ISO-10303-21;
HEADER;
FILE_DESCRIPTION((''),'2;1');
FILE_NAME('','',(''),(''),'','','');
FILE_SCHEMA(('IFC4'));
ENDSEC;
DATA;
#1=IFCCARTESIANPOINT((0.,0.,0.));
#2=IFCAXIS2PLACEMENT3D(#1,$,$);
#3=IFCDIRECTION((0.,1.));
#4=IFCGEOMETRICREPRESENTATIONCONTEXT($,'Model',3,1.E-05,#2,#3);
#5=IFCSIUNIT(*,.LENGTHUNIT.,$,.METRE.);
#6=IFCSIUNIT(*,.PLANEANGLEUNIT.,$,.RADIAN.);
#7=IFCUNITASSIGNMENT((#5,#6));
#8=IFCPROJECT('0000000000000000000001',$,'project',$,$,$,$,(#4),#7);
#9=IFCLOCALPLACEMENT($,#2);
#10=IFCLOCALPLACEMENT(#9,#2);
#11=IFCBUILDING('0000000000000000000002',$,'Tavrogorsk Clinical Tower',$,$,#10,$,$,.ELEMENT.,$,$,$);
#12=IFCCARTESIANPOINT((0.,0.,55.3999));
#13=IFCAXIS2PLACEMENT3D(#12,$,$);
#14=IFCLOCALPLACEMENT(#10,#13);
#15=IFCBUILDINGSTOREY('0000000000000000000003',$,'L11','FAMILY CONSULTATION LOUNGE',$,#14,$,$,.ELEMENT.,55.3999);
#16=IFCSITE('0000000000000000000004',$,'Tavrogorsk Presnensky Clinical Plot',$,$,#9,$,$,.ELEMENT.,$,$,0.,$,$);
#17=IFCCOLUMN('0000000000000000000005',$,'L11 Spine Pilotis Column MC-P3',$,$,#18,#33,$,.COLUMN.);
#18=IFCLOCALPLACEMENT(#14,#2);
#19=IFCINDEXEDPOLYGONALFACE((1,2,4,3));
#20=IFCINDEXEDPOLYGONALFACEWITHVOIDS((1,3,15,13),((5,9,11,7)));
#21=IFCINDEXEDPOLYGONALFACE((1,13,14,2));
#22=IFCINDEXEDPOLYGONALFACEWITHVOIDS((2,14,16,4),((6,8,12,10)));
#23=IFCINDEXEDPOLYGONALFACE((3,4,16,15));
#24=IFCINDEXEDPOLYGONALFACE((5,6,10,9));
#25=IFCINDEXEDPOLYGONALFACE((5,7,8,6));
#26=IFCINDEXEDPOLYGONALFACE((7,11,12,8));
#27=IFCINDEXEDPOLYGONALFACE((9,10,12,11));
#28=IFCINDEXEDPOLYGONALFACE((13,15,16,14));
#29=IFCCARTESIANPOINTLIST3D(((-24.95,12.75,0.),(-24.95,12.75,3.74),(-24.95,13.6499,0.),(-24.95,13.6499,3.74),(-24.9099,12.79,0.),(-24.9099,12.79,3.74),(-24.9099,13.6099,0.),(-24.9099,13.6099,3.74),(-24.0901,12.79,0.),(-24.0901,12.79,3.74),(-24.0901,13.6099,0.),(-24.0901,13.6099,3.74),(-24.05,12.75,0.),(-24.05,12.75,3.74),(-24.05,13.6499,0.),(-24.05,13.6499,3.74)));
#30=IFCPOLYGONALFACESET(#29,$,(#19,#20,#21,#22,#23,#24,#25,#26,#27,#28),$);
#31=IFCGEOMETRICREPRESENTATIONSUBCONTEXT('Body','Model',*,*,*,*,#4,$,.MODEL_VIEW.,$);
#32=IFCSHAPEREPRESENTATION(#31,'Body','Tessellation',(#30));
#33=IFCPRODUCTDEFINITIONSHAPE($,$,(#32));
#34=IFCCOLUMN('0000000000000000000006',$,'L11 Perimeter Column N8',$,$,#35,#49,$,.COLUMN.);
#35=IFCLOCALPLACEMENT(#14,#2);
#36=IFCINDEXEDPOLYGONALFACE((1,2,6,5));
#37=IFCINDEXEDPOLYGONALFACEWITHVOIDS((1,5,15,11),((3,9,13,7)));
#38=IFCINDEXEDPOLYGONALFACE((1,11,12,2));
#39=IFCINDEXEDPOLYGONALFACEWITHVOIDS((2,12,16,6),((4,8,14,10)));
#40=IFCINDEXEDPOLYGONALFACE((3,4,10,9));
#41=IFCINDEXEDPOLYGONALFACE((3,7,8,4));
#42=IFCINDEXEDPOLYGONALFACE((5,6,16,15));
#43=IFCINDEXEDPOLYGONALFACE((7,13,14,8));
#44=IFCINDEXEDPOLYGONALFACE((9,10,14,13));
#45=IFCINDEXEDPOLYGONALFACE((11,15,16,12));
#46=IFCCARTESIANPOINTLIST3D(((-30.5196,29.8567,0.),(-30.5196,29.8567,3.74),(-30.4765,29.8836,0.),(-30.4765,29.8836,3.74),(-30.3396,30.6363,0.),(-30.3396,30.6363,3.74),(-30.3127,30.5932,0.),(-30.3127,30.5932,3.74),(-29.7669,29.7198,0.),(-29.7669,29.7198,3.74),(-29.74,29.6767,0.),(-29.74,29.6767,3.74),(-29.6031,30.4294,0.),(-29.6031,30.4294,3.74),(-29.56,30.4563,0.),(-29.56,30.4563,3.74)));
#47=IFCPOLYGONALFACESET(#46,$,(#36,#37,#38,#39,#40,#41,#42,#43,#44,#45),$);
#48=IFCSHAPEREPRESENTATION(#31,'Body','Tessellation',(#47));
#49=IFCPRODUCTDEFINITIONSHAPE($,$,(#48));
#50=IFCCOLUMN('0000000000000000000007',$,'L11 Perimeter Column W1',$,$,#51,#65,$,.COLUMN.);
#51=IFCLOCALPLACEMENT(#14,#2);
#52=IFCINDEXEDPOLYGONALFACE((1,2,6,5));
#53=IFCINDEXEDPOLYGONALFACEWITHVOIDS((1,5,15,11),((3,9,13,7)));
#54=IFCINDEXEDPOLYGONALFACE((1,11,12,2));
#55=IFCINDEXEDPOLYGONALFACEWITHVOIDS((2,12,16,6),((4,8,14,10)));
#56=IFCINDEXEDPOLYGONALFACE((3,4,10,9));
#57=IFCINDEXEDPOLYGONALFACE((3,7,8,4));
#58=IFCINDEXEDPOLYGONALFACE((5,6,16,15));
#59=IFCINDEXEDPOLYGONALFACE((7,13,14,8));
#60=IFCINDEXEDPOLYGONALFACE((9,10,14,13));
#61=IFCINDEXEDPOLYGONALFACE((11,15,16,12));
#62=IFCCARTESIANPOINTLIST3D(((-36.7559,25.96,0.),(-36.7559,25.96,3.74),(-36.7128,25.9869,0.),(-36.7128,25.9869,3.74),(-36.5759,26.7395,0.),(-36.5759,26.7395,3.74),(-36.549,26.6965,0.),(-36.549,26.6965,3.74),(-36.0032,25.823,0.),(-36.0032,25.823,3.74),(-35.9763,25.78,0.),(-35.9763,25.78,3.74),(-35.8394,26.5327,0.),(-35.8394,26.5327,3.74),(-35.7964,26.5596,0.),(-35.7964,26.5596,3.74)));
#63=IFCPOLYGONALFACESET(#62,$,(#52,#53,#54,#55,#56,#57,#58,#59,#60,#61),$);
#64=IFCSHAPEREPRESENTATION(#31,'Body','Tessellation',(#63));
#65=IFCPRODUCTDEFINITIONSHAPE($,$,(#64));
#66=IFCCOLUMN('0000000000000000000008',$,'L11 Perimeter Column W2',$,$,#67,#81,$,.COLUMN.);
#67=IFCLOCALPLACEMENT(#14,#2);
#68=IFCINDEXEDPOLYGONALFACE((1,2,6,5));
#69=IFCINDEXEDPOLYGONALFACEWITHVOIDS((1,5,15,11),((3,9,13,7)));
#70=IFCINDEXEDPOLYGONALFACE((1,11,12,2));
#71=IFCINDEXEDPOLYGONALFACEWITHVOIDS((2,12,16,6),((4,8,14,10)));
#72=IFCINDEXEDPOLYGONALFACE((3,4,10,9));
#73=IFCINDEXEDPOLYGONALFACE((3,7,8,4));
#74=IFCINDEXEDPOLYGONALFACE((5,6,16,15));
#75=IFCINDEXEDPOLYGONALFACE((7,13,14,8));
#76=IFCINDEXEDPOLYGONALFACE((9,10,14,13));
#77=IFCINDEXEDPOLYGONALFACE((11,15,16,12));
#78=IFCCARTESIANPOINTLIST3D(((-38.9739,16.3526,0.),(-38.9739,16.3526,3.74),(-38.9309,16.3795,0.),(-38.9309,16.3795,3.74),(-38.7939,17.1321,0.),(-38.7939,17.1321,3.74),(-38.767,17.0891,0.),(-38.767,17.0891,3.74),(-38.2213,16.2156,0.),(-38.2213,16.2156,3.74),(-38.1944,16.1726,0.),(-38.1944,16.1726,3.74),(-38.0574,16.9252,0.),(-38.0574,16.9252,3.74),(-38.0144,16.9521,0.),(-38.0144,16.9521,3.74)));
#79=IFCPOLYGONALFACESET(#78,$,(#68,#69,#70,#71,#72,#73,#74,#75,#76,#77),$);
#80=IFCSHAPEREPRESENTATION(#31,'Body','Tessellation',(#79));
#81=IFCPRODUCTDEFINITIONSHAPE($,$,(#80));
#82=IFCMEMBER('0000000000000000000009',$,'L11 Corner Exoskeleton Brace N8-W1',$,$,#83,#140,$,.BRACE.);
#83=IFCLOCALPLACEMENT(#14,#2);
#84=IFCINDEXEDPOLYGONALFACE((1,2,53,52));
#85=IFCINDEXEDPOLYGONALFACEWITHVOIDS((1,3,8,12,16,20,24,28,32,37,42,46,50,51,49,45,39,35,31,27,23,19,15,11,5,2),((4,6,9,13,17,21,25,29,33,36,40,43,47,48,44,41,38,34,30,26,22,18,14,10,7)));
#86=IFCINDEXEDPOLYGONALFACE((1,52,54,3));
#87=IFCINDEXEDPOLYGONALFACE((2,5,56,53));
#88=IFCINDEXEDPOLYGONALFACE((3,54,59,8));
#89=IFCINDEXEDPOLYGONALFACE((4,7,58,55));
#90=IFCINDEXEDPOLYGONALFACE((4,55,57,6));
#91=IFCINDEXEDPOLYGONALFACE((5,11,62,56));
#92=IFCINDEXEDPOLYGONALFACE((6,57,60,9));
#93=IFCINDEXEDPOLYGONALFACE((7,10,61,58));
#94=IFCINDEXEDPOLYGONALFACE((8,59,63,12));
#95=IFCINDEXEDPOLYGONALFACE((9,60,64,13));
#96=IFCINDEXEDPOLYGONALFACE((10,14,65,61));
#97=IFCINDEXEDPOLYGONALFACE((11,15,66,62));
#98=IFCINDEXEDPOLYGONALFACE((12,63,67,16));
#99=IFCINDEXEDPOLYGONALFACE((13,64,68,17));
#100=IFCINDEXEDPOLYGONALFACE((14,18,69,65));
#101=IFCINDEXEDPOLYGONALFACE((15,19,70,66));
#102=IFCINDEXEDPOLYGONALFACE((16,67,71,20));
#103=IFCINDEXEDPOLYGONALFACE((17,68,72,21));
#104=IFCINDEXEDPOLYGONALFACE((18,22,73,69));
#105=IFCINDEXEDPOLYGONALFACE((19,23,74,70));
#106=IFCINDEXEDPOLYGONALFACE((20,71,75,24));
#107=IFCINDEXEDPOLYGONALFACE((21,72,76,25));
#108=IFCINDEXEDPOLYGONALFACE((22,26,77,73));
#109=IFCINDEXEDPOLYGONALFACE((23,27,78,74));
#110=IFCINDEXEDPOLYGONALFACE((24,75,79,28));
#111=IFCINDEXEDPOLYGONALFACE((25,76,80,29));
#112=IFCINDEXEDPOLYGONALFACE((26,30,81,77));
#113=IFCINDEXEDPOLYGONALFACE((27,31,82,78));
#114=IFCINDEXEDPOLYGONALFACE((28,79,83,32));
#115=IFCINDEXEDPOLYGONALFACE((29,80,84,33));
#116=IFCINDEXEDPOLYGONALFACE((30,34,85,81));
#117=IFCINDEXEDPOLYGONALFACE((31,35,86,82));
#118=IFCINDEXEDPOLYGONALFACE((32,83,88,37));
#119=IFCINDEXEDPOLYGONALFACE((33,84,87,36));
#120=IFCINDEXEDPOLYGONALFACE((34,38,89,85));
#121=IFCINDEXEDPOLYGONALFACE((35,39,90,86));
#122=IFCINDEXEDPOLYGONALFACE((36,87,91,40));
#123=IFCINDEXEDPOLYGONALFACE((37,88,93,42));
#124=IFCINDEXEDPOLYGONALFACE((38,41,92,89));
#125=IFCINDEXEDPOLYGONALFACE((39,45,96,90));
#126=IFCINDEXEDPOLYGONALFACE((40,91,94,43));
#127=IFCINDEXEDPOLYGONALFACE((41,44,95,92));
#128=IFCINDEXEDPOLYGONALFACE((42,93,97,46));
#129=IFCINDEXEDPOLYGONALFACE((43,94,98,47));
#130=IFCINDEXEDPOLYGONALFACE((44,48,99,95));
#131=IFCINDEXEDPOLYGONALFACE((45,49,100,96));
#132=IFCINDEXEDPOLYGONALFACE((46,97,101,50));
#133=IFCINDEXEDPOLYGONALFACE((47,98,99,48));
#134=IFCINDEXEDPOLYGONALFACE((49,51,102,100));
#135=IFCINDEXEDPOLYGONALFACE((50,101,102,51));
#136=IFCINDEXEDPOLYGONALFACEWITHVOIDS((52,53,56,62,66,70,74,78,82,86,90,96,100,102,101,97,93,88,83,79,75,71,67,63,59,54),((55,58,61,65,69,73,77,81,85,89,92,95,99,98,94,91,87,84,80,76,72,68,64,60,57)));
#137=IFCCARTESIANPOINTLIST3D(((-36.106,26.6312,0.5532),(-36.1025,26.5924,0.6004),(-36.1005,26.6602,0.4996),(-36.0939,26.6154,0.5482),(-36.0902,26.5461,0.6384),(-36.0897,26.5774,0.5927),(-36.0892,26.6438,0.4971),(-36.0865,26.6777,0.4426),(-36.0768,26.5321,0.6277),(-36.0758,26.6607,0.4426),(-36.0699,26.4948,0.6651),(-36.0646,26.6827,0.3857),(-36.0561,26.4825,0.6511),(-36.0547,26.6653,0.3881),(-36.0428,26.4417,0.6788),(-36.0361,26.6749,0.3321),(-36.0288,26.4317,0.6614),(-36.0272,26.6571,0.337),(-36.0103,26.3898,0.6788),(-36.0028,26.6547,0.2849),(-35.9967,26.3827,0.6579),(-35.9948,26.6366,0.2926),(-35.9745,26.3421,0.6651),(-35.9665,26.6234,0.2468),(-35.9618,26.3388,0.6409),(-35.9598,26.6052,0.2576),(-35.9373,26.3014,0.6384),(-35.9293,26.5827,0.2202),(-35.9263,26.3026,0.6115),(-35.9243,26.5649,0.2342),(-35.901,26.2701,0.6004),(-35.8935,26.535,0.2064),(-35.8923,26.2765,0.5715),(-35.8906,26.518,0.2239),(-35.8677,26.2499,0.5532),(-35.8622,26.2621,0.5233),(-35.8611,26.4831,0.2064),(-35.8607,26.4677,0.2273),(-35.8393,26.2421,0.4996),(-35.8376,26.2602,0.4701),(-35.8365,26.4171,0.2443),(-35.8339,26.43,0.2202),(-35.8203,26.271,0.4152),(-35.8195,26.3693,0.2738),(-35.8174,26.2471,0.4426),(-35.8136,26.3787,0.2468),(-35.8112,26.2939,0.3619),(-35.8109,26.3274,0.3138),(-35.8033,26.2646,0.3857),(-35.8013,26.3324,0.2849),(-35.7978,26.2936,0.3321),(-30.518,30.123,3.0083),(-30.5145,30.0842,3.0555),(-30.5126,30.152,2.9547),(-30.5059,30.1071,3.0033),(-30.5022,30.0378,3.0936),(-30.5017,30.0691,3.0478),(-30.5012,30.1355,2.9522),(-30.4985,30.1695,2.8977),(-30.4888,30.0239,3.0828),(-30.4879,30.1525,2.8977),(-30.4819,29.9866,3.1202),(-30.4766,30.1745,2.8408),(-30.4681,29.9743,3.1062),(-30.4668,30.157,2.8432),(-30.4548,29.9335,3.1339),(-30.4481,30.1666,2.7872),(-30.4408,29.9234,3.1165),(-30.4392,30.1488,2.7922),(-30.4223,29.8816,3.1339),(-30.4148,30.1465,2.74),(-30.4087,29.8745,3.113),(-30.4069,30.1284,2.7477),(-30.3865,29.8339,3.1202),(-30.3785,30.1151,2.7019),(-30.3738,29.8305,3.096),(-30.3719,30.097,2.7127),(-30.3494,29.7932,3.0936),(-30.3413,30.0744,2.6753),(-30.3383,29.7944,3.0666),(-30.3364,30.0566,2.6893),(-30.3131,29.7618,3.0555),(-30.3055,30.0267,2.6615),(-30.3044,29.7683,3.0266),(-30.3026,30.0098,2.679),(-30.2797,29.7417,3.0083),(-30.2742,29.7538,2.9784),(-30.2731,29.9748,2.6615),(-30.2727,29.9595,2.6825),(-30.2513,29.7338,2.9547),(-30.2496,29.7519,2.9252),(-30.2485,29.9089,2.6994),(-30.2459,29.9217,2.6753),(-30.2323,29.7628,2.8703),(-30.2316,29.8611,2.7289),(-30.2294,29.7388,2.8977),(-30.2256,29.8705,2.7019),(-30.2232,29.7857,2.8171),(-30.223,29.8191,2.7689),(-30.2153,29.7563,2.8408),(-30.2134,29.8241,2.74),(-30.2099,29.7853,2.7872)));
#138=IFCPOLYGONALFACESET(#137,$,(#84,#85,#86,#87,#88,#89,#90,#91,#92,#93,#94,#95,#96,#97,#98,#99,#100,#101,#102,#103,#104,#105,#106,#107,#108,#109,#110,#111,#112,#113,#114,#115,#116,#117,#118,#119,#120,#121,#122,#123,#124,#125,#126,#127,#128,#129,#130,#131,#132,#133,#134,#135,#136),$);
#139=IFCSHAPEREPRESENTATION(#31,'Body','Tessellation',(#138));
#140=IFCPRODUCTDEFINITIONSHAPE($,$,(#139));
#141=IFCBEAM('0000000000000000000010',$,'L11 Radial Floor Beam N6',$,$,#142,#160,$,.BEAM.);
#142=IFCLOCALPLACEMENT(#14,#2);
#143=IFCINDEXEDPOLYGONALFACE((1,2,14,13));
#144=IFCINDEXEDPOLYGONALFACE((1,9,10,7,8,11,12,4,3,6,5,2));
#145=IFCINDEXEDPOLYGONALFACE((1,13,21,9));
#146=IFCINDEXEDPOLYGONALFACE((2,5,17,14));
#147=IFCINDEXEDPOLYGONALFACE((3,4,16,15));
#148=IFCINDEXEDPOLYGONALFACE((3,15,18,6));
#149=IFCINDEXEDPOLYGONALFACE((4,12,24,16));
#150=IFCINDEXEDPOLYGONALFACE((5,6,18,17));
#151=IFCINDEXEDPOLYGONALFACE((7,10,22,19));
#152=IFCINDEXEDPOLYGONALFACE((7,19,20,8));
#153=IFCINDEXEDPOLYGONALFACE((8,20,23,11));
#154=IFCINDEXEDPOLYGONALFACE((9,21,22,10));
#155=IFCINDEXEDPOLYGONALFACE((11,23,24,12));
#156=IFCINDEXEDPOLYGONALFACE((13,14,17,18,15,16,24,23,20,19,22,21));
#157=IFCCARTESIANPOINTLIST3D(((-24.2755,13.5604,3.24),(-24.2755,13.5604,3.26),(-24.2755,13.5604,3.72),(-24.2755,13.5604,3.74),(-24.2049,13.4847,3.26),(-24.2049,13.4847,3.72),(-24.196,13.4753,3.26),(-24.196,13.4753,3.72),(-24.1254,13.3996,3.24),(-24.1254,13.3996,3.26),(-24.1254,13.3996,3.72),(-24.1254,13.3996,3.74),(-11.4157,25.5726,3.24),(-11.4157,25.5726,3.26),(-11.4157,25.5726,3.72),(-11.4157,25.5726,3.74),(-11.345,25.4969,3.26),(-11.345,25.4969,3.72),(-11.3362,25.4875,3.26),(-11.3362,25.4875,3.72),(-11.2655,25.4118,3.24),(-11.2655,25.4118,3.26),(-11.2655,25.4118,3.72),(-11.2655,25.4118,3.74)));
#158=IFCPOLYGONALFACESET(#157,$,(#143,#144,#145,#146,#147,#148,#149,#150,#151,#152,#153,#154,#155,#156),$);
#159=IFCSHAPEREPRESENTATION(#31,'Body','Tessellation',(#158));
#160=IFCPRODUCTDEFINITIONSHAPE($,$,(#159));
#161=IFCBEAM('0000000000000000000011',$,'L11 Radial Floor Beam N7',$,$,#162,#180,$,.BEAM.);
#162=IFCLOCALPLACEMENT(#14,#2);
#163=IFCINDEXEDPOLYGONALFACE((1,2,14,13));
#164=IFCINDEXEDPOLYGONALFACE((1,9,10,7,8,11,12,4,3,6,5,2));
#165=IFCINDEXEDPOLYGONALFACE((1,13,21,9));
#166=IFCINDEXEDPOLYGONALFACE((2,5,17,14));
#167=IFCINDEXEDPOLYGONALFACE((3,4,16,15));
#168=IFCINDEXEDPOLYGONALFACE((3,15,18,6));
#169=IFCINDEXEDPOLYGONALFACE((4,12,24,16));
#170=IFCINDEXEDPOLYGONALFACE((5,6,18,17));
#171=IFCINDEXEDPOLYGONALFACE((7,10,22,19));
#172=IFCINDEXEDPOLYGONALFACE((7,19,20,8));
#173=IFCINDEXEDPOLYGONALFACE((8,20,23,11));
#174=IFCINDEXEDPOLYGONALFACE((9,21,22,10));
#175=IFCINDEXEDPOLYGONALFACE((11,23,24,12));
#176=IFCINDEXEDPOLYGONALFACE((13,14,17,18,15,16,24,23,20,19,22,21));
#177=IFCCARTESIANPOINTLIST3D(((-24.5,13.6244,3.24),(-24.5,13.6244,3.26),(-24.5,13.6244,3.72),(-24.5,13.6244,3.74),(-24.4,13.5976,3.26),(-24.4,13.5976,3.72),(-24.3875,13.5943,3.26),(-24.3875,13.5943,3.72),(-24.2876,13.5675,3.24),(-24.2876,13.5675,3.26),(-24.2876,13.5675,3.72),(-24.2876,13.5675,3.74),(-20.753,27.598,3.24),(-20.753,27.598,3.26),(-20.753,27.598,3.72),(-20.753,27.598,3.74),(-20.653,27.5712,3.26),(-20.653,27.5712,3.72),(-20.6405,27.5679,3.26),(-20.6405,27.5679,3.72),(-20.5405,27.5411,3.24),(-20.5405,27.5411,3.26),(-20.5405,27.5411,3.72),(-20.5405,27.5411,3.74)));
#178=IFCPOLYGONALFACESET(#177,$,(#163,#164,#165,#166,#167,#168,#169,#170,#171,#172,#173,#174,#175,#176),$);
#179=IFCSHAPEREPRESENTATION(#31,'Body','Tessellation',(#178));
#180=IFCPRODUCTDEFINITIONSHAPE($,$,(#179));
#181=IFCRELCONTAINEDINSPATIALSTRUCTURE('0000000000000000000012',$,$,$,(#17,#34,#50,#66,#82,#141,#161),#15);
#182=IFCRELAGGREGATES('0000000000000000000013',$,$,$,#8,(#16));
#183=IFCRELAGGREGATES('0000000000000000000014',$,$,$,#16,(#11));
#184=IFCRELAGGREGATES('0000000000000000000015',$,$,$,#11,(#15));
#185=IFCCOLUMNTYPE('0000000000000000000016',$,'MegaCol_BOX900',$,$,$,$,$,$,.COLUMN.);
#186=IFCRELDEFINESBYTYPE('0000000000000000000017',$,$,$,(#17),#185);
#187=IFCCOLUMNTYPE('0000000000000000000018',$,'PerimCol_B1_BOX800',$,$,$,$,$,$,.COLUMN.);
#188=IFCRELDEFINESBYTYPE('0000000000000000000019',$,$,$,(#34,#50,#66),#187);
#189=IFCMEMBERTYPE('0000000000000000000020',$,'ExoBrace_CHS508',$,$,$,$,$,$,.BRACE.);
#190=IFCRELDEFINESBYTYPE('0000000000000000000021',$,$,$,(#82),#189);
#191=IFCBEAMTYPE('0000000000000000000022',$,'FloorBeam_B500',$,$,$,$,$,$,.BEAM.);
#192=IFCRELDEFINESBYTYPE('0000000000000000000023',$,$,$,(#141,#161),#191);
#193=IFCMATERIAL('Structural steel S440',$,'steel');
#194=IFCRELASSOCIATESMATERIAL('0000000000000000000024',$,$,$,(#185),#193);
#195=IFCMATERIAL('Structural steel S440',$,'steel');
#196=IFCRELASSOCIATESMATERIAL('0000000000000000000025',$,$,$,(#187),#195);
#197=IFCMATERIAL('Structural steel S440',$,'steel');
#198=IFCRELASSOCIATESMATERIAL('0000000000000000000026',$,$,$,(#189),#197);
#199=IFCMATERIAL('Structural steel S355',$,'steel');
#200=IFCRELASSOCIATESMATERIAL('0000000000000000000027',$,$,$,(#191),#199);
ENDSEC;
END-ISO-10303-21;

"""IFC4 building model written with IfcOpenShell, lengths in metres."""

from ifc_helpers import new_model, si_unit, direction, frame, origin, origin_2d, place, context, subcontext, project, spatial, hollow_rectangle, hollow_circle, i_section, extrude, material, material_profile, profile_set, type_object, element, save


model = new_model("IFC4")

# Units and contexts
model_context = context("Model", 3, precision=1e-05, world=origin(), true_north=direction((0.0, 1.0)))
body_context = subcontext(model_context, "Body", "Model", "MODEL_VIEW")
ifc_project = project(units=[si_unit("LENGTHUNIT", "METRE"), si_unit("PLANEANGLEUNIT", "RADIAN")], contexts=[model_context])

# Site, building, storey
site_placement = place(None, origin())
site = spatial("IfcSite", under=ifc_project, at=site_placement, Name="Tavrogorsk Presnensky Clinical Plot", CompositionType="ELEMENT", RefElevation=0.0)
building_placement = place(site_placement, origin())
building = spatial("IfcBuilding", under=site, at=building_placement, Name="Tavrogorsk Clinical Tower", CompositionType="ELEMENT")
storey_placement = place(building_placement, frame((0.0, 0.0, 55.3999)))
storey = spatial("IfcBuildingStorey", under=building, at=storey_placement, Name="L11", Description="FAMILY CONSULTATION LOUNGE", CompositionType="ELEMENT", Elevation=55.3999)

# Columns
ifc_material_1 = material(Name="Structural steel S440", Category="steel")
ifc_material_profile_1 = material_profile(ifc_material_1, hollow_rectangle(XDim=0.8999, YDim=0.8999, WallThickness=0.04, at=origin_2d()), Name="BOX-900x900x40")
ifc_profile_set_1 = profile_set([ifc_material_profile_1], Name="Structural steel S440")
column_type_1 = type_object("IfcColumnType", Name="MegaCol_BOX900", PredefinedType="COLUMN", material=ifc_profile_set_1)
column_placement = place(storey_placement, frame((-24.5, 13.2, 0.0), z_axis=(0.0, 0.0, 1.0), x_axis=(1.0, 0.0, 0.0)))
element("IfcColumn", 1, at=column_placement, inside=storey, type_object=column_type_1, Name="L11 Spine Pilotis Column MC-P3", PredefinedType="COLUMN", context=body_context, shape_type="SweptSolid", body=[
    extrude(hollow_rectangle(XDim=0.8999, YDim=0.8999, WallThickness=0.04, at=origin_2d()), origin(), (0.0, 0.0, 1.0), 3.74),
])
ifc_material_2 = material(Name="Structural steel S440", Category="steel")
ifc_material_profile_2 = material_profile(ifc_material_2, hollow_rectangle(XDim=0.8, YDim=0.8, WallThickness=0.0359, at=origin_2d()), Name="BOX-800x800x36")
ifc_profile_set_2 = profile_set([ifc_material_profile_2], Name="Structural steel S440")
column_type_2 = type_object("IfcColumnType", Name="PerimCol_B1_BOX800", PredefinedType="COLUMN", material=ifc_profile_set_2)
for number, where, z_axis, x_axis, name in (
    (2, (-30.0398, 30.1565, 0.0), (0.0, 0.0, 1.0), (0.97437, -0.224951, 0.0), "L11 Perimeter Column N8"),
    (3, (-36.2761, 26.2598, 0.0), (0.0, 0.0, 1.0), (0.97437, -0.224951, 0.0), "L11 Perimeter Column W1"),
    (4, (-38.4941, 16.6523, 0.0), (0.0, 0.0, 1.0), (0.97437, -0.224951, 0.0), "L11 Perimeter Column W2"),
):
    element("IfcColumn", number, at=place(storey_placement, frame(where, z_axis=z_axis, x_axis=x_axis)), inside=storey, type_object=column_type_2, Name=name, PredefinedType="COLUMN", context=body_context, shape_type="SweptSolid", body=[
        extrude(hollow_rectangle(XDim=0.8, YDim=0.8, WallThickness=0.0359, at=origin_2d()), origin(), (0.0, 0.0, 1.0), 3.74),
    ])

# Member
ifc_material_3 = material(Name="Structural steel S440", Category="steel")
ifc_material_profile_3 = material_profile(ifc_material_3, hollow_circle(Radius=0.2539, WallThickness=0.02, at=origin_2d()), Name="CHS-508x20")
ifc_profile_set_3 = profile_set([ifc_material_profile_3], Name="Structural steel S440")
member_type_1 = type_object("IfcMemberType", Name="ExoBrace_CHS508", PredefinedType="BRACE", material=ifc_profile_set_3)
member_1_placement = place(storey_placement, frame((-35.9519, 26.4624, 0.4426), z_axis=(0.794679, 0.49657, 0.349148), x_axis=(-0.529919, 0.848048, 0.0)))
element("IfcMember", 5, at=member_1_placement, inside=storey, type_object=member_type_1, Name="L11 Corner Exoskeleton Brace N8-W1", PredefinedType="BRACE", context=body_context, shape_type="SweptSolid", body=[
    extrude(hollow_circle(Radius=0.2539, WallThickness=0.02, at=origin_2d()), origin(), (0.0, 0.0, 1.0), 7.0317),
])

# Beams
ifc_material_4 = material(Name="Structural steel S355", Category="steel")
ifc_material_profile_4 = material_profile(ifc_material_4, i_section(OverallWidth=0.22, OverallDepth=0.5, WebThickness=0.0129, FlangeThickness=0.02, at=origin_2d()), Name="B-500x220x13x20")
ifc_profile_set_4 = profile_set([ifc_material_profile_4], Name="Structural steel S355")
beam_type_1 = type_object("IfcBeamType", Name="FloorBeam_B500", PredefinedType="BEAM", material=ifc_profile_set_4)
beam_1_placement = place(storey_placement, frame((-24.2004, 13.48, 3.49), z_axis=(0.730781, 0.682612, 0.0), x_axis=(-0.682612, 0.730781, 0.0)))
element("IfcBeam", 6, at=beam_1_placement, inside=storey, type_object=beam_type_1, Name="L11 Radial Floor Beam N6", PredefinedType="BEAM", context=body_context, shape_type="SweptSolid", body=[
    extrude(i_section(OverallWidth=0.22, OverallDepth=0.5, WebThickness=0.0129, FlangeThickness=0.02, at=origin_2d()), origin(), (0.0, 0.0, 1.0), 17.5974),
])
beam_2_placement = place(storey_placement, frame((-24.3938, 13.5959, 3.49), z_axis=(0.259003, 0.965877, 0.0), x_axis=(-0.965877, 0.259003, 0.0)))
element("IfcBeam", 7, at=beam_2_placement, inside=storey, type_object=beam_type_1, Name="L11 Radial Floor Beam N7", PredefinedType="BEAM", context=body_context, shape_type="SweptSolid", body=[
    extrude(i_section(OverallWidth=0.22, OverallDepth=0.5, WebThickness=0.0129, FlangeThickness=0.02, at=origin_2d()), origin(), (0.0, 0.0, 1.0), 14.4673),
])

save(model, "model.ifc")
